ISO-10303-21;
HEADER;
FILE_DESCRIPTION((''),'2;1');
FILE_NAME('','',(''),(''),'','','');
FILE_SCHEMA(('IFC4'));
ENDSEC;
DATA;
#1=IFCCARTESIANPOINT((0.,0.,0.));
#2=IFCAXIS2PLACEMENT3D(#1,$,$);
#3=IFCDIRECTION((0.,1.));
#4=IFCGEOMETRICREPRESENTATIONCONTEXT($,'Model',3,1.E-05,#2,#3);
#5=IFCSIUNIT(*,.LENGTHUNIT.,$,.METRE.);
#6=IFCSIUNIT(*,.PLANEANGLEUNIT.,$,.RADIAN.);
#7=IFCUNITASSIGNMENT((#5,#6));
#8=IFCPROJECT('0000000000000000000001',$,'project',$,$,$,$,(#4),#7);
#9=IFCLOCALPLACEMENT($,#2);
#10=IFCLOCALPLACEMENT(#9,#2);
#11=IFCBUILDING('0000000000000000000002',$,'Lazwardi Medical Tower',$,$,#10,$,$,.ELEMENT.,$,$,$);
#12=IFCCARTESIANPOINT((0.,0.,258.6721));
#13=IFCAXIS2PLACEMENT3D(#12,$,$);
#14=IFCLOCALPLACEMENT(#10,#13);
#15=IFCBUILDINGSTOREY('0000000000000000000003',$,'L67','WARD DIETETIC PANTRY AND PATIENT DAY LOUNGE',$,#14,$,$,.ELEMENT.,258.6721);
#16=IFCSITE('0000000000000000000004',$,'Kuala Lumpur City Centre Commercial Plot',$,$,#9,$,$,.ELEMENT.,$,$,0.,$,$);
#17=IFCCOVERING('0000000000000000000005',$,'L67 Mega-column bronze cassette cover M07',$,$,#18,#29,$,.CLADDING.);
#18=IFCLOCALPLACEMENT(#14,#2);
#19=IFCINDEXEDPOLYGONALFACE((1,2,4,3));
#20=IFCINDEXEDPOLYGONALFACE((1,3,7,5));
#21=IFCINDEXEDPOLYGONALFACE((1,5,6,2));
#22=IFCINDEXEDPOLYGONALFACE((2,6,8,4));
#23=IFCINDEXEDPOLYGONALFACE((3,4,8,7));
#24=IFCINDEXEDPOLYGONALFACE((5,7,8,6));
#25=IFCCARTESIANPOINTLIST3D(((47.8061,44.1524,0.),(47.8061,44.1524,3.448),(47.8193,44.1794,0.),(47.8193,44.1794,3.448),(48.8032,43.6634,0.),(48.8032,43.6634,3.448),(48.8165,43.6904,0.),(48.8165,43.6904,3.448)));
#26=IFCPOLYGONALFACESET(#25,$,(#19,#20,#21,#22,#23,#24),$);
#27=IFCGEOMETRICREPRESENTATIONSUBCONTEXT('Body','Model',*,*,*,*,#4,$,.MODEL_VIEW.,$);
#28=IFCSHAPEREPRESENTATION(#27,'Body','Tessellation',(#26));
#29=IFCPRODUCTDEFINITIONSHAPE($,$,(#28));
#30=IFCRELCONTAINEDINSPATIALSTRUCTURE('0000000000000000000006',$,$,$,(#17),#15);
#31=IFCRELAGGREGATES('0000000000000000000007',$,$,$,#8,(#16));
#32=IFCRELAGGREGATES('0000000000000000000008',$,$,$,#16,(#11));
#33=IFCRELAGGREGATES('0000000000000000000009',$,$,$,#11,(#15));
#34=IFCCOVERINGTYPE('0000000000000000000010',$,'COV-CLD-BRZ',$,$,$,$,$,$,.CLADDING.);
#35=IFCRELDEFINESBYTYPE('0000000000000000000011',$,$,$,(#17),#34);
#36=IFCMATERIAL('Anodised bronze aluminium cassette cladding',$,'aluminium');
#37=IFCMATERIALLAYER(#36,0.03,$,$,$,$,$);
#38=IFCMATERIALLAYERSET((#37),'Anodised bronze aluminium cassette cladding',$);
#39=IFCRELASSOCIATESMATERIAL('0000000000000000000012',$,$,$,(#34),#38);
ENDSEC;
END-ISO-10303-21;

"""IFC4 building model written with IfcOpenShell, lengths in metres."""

from ifc_helpers import new_model, si_unit, direction, frame, origin, origin_2d, place, context, subcontext, project, spatial, rectangle, extrude, material, layer, layer_set, type_object, element, save


model = new_model("IFC4")

# Units and contexts
model_context = context("Model", 3, precision=1e-05, world=origin(), true_north=direction((0.0, 1.0)))
body_context = subcontext(model_context, "Body", "Model", "MODEL_VIEW")
ifc_project = project(units=[si_unit("LENGTHUNIT", "METRE"), si_unit("PLANEANGLEUNIT", "RADIAN")], contexts=[model_context])

# Site, building, storey
site_placement = place(None, origin())
site = spatial("IfcSite", under=ifc_project, at=site_placement, Name="Kuala Lumpur City Centre Commercial Plot", CompositionType="ELEMENT", RefElevation=0.0)
building_placement = place(site_placement, origin())
building = spatial("IfcBuilding", under=site, at=building_placement, Name="Lazwardi Medical Tower", CompositionType="ELEMENT")
storey_placement = place(building_placement, frame((0.0, 0.0, 258.6721)))
storey = spatial("IfcBuildingStorey", under=building, at=storey_placement, Name="L67", Description="WARD DIETETIC PANTRY AND PATIENT DAY LOUNGE", CompositionType="ELEMENT", Elevation=258.6721)

# Covering
ifc_material_1 = material(Name="Anodised bronze aluminium cassette cladding", Category="aluminium")
ifc_layer_1 = layer(ifc_material_1, 0.03)
ifc_layer_set_1 = layer_set([ifc_layer_1], Name="Anodised bronze aluminium cassette cladding")
covering_type = type_object("IfcCoveringType", Name="COV-CLD-BRZ", PredefinedType="CLADDING", material=ifc_layer_set_1)
covering_1_placement = place(storey_placement, frame((48.3113, 43.9214, 0.0), z_axis=(0.0, 0.0, 1.0), x_axis=(-0.89784, 0.440322, 0.0)))
element("IfcCovering", 1, at=covering_1_placement, inside=storey, type_object=covering_type, Name="L67 Mega-column bronze cassette cover M07", PredefinedType="CLADDING", context=body_context, shape_type="SweptSolid", body=[
    extrude(rectangle(XDim=1.1106, YDim=0.03, at=origin_2d()), origin(), (0.0, 0.0, 1.0), 3.448),
])

save(model, "model.ifc")
